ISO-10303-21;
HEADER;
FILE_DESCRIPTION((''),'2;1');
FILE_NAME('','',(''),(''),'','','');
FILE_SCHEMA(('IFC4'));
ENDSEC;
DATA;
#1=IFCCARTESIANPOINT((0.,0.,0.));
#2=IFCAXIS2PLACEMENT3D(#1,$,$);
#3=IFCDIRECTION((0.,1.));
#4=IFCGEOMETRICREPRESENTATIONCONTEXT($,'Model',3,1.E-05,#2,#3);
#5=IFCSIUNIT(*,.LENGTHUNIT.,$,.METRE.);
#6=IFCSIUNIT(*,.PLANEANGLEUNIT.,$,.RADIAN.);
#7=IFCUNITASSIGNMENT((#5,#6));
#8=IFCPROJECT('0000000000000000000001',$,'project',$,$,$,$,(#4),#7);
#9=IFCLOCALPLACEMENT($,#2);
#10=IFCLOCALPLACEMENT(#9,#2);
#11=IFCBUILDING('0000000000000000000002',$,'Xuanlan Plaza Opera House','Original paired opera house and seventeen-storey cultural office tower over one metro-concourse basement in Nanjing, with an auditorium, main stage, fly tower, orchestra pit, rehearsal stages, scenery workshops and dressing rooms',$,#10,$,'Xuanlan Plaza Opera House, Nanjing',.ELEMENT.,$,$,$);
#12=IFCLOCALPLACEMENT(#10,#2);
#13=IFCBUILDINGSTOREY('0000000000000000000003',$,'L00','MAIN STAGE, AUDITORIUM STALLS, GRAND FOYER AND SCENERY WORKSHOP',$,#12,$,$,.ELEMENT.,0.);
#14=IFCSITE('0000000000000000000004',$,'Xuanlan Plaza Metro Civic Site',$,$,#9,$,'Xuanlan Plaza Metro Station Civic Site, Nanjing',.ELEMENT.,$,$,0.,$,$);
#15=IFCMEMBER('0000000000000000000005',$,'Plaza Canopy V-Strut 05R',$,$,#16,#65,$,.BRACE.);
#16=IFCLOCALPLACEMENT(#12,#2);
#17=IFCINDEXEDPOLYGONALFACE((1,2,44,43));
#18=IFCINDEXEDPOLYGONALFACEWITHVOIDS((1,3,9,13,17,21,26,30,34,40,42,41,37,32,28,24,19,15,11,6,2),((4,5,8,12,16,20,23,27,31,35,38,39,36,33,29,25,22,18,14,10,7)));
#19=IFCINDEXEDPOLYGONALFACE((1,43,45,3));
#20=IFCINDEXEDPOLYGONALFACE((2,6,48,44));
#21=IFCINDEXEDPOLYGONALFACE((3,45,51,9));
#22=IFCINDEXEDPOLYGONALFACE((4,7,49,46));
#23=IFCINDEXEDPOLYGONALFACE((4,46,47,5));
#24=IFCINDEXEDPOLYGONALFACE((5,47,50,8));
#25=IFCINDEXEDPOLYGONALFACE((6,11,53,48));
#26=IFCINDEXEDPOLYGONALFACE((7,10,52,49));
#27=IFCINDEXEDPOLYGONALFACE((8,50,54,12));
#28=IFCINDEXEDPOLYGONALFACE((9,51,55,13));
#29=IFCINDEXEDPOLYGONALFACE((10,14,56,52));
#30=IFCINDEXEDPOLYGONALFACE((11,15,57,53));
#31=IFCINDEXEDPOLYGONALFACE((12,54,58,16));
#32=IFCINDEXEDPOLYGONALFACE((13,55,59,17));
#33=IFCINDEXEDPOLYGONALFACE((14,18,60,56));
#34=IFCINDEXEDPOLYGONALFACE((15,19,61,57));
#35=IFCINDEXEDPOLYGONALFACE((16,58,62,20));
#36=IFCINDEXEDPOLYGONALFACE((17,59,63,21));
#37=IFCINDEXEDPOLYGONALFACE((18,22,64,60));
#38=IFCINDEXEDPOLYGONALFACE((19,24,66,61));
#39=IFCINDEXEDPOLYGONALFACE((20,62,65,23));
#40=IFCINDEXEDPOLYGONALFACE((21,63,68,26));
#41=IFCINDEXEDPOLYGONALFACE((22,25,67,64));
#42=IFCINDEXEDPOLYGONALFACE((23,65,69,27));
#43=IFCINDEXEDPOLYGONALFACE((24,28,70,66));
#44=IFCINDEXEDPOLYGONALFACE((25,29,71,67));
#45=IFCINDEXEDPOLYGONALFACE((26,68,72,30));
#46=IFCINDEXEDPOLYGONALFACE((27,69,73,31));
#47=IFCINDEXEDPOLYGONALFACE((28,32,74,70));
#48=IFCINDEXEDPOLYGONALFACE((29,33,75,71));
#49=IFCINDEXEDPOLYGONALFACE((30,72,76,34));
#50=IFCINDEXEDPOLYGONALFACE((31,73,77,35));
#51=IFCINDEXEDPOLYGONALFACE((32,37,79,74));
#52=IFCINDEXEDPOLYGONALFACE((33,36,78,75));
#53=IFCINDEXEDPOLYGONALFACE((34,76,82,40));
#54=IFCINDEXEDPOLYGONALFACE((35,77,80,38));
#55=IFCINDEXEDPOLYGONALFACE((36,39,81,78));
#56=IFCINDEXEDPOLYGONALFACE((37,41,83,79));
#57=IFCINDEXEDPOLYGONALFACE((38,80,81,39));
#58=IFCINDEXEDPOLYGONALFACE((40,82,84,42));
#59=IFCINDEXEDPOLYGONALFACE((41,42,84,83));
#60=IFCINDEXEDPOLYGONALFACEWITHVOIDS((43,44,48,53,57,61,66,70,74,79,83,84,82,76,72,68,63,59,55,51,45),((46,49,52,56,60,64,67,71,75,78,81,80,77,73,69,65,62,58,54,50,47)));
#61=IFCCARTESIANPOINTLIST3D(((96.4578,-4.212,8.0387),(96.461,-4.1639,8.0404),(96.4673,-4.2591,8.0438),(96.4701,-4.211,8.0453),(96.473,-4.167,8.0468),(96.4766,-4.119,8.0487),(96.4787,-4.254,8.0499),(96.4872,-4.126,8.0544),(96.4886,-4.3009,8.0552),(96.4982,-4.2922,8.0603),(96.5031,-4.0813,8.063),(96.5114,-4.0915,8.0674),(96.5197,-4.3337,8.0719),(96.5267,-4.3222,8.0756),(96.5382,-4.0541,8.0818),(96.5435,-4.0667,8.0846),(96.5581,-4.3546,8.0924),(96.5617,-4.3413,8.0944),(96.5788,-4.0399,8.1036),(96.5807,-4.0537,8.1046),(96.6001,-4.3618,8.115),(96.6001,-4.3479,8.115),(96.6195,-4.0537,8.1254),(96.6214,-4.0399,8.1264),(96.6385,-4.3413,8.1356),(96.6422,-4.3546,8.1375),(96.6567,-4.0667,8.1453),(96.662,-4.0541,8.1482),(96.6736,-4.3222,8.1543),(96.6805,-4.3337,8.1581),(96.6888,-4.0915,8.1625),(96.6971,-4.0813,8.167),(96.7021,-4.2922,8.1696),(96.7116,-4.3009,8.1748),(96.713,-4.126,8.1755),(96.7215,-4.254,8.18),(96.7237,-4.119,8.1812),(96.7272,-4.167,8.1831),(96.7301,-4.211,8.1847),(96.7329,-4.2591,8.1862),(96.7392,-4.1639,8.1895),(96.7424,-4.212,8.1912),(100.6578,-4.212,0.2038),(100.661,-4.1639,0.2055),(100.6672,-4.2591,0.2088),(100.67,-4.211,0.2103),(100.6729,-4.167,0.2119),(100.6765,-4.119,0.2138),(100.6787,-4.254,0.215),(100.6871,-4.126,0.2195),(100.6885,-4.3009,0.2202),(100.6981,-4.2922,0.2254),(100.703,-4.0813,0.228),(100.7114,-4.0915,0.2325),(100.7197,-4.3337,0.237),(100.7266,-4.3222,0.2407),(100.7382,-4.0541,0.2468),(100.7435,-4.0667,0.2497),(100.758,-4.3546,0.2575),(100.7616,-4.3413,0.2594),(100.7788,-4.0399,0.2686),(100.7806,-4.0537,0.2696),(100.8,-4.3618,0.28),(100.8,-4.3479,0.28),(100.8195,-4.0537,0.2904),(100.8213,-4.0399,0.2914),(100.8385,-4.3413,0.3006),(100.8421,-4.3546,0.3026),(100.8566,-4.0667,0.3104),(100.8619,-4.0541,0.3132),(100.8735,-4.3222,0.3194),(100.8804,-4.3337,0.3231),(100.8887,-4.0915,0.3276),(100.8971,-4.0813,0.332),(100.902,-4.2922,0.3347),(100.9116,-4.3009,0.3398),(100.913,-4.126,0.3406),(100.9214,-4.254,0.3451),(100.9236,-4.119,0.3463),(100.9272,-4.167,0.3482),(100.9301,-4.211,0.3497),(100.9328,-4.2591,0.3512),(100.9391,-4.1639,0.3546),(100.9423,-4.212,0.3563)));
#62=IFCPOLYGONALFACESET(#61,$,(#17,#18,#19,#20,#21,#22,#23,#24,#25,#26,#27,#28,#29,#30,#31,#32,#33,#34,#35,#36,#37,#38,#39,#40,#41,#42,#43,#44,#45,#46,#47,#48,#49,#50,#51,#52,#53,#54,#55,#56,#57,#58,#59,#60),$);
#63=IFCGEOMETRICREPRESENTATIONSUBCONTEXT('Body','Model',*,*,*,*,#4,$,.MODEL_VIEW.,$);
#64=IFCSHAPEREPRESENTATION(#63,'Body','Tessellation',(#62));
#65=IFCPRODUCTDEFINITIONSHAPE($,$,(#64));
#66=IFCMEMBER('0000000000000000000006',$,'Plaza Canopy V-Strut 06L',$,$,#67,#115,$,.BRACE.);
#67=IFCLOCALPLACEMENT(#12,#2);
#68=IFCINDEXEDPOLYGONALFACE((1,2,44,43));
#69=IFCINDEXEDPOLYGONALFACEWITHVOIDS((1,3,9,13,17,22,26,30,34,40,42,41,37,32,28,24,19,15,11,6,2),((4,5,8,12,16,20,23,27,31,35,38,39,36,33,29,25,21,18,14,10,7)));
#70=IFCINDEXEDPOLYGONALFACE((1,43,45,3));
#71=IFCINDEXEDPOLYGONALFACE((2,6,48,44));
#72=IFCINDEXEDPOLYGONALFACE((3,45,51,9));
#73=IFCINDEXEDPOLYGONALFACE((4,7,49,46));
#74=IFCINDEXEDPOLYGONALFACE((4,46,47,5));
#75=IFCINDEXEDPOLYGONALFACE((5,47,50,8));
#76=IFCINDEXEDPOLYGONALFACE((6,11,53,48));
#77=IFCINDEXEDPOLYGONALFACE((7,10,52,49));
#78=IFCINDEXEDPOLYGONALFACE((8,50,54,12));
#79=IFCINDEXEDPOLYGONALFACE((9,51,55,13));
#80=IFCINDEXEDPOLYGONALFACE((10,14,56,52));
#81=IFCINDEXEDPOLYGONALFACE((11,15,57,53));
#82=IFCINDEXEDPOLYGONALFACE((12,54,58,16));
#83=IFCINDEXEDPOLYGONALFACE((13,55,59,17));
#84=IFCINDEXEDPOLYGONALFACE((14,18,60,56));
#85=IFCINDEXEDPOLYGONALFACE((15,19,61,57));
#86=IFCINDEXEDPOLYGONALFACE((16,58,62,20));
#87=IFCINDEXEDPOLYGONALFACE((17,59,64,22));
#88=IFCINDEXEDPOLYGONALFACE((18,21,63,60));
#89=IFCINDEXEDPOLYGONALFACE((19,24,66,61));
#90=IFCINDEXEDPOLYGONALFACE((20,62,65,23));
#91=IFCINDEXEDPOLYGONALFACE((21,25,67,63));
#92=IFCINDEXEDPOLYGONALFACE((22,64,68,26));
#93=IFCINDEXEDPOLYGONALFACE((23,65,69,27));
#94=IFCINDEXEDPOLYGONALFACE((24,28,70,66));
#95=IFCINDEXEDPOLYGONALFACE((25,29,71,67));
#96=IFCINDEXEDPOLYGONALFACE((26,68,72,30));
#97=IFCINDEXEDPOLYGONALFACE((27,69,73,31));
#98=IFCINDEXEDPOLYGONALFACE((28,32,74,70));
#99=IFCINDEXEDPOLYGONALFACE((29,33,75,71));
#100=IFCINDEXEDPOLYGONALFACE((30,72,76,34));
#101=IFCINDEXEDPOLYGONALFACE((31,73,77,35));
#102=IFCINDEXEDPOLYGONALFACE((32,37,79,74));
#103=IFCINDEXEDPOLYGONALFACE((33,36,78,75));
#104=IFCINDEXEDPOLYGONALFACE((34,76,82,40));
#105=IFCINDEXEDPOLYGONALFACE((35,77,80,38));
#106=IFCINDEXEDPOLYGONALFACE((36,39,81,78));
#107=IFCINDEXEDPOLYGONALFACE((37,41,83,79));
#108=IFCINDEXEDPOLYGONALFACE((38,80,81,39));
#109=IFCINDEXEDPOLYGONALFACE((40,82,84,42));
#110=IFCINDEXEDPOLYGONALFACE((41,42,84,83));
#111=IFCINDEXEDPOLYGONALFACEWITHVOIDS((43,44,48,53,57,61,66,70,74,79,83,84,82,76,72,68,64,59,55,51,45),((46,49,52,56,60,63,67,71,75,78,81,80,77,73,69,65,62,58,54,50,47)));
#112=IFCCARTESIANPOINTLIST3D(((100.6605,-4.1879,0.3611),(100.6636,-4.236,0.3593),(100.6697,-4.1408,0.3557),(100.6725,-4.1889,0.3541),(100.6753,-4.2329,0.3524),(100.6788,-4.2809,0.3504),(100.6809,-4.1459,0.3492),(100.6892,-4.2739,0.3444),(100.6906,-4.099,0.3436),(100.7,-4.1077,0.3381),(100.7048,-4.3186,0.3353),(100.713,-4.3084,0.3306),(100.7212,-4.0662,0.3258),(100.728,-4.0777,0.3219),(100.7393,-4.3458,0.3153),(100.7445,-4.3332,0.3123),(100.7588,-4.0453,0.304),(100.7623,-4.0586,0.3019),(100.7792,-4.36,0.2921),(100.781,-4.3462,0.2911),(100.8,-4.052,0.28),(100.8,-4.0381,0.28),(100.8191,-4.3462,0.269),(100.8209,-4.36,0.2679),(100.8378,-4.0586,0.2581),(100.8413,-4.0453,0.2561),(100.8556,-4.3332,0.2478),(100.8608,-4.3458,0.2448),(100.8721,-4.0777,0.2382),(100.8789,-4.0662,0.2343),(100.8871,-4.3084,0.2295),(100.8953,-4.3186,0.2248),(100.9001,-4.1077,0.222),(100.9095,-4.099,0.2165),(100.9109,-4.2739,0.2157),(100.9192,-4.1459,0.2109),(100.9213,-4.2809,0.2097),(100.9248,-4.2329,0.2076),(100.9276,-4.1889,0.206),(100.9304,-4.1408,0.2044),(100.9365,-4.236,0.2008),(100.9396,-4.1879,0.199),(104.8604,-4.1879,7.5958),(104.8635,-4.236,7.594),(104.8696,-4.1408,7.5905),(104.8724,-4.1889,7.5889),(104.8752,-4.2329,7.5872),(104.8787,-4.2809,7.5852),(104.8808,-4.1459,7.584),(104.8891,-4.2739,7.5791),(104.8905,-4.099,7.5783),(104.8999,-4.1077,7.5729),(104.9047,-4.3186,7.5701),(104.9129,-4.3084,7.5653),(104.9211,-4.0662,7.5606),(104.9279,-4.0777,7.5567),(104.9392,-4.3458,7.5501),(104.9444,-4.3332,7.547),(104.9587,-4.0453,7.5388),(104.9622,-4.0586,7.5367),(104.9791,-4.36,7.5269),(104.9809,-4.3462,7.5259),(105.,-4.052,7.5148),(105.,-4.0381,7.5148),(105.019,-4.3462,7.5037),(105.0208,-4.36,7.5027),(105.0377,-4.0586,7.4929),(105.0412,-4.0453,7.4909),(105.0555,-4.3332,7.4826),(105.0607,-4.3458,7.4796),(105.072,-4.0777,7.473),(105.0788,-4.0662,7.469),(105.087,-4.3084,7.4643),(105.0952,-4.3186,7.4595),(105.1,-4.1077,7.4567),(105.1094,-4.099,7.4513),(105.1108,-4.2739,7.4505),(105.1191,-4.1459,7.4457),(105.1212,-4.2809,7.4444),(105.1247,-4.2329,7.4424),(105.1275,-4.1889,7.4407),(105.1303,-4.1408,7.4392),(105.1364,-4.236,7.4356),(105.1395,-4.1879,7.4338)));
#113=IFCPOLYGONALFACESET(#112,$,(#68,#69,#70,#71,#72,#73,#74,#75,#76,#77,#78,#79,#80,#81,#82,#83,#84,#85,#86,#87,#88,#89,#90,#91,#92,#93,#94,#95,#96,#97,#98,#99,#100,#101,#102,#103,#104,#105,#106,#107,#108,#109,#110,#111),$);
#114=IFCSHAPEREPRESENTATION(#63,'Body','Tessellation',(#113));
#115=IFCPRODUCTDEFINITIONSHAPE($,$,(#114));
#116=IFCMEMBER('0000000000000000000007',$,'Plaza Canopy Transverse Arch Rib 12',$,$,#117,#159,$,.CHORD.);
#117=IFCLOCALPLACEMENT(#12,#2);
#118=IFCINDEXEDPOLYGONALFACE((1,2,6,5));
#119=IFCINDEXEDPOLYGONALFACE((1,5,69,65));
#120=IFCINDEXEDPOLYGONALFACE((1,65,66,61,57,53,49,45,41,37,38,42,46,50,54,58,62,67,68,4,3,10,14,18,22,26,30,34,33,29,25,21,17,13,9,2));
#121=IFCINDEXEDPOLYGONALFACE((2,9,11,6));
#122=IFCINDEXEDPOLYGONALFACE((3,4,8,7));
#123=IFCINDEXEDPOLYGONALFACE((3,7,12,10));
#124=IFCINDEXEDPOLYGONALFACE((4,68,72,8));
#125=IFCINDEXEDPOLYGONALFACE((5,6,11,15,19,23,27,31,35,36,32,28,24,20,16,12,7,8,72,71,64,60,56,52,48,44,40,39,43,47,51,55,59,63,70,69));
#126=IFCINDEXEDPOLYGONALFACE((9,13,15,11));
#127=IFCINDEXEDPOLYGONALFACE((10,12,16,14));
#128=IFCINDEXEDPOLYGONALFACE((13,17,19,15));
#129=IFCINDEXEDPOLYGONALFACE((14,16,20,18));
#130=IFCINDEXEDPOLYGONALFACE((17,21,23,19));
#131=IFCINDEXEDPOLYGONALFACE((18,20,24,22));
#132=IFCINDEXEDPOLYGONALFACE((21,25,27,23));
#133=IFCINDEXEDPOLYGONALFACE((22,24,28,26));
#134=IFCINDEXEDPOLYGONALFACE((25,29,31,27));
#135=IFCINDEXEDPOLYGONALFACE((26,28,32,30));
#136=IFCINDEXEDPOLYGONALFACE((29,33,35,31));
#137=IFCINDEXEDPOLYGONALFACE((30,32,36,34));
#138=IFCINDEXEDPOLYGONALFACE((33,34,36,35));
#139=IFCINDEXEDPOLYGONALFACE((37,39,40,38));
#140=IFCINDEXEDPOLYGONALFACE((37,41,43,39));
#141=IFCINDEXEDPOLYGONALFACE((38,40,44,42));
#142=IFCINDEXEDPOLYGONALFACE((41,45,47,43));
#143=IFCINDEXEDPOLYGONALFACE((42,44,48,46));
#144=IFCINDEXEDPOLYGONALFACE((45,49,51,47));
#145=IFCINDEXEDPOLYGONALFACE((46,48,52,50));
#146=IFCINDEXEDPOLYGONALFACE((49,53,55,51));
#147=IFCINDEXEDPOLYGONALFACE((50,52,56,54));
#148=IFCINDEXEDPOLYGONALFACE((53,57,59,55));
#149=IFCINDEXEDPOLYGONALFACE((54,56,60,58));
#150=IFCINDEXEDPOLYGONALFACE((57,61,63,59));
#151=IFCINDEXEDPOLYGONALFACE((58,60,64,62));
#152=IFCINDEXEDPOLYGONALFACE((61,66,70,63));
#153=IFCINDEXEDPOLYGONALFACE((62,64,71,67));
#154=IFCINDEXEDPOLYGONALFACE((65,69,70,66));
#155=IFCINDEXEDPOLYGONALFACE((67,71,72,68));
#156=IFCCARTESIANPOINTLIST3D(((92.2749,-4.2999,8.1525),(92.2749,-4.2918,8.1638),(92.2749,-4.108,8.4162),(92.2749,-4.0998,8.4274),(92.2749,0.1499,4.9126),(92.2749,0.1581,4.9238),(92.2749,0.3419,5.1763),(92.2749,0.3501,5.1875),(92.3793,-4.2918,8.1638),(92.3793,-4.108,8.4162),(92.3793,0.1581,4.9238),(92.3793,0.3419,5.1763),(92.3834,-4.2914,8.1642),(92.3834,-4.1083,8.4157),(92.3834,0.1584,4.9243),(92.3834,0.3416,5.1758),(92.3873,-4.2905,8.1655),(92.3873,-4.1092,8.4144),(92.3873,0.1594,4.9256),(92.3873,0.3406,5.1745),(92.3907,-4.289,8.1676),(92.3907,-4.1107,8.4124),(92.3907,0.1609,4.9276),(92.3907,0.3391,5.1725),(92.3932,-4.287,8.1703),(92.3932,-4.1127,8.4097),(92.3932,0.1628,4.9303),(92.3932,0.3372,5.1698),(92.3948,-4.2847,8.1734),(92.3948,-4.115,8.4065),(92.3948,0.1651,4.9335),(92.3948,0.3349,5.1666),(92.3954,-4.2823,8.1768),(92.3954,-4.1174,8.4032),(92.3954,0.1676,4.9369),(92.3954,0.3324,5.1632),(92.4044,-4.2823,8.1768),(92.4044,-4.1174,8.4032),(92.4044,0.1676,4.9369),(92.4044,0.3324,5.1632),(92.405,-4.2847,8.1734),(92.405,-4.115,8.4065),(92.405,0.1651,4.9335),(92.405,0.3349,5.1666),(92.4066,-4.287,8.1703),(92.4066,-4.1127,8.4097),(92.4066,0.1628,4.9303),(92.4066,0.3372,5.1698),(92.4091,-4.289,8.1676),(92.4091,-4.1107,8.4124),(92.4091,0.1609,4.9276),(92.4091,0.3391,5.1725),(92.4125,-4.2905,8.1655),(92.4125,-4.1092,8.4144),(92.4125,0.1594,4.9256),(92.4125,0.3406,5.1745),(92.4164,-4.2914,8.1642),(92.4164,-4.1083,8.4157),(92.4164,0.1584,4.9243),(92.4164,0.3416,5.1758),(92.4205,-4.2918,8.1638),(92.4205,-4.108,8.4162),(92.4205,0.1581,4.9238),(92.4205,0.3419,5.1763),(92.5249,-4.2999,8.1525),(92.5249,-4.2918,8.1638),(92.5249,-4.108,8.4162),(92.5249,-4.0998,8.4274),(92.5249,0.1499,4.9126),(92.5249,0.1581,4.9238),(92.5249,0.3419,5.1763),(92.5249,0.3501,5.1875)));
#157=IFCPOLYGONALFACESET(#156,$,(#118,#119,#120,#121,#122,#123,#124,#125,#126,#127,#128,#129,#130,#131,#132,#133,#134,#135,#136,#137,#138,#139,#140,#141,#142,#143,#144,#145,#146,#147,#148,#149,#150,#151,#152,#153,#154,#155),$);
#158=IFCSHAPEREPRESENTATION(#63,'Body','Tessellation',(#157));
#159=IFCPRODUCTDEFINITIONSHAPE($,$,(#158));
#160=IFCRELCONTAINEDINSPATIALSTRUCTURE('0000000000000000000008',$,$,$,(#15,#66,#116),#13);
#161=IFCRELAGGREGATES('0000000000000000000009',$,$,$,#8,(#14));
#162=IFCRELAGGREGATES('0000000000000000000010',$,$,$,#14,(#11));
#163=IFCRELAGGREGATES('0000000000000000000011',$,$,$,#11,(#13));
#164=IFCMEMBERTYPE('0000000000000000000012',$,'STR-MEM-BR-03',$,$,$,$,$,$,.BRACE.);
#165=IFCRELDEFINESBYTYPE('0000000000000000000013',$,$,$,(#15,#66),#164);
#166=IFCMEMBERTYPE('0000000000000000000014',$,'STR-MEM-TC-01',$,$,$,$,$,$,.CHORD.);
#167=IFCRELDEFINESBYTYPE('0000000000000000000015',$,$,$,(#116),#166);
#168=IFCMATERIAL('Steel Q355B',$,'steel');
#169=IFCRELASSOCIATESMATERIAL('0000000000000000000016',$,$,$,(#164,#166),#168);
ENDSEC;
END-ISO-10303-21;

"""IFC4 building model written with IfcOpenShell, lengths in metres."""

from ifc_helpers import new_model, si_unit, direction, frame, origin, origin_2d, place, context, subcontext, project, spatial, hollow_circle, i_section, extrude, material, material_profile, profile_set, type_object, element, save


model = new_model("IFC4")

# Units and contexts
model_context = context("Model", 3, precision=1e-05, world=origin(), true_north=direction((0.0, 1.0)))
body_context = subcontext(model_context, "Body", "Model", "MODEL_VIEW")
ifc_project = project(units=[si_unit("LENGTHUNIT", "METRE"), si_unit("PLANEANGLEUNIT", "RADIAN")], contexts=[model_context])

# Site, building, storey
site_placement = place(None, origin())
site = spatial("IfcSite", under=ifc_project, at=site_placement, Name="Xuanlan Plaza Metro Civic Site", LongName="Xuanlan Plaza Metro Station Civic Site, Nanjing", CompositionType="ELEMENT", RefElevation=0.0)
building_placement = place(site_placement, origin())
building = spatial("IfcBuilding", under=site, at=building_placement, Name="Xuanlan Plaza Opera House", Description="Original paired opera house and seventeen-storey cultural office tower over one metro-concourse basement in Nanjing, with an auditorium, main stage, fly tower, orchestra pit, rehearsal stages, scenery workshops and dressing rooms", LongName="Xuanlan Plaza Opera House, Nanjing", CompositionType="ELEMENT")
storey_placement = place(building_placement, origin())
storey = spatial("IfcBuildingStorey", under=building, at=storey_placement, Name="L00", Description="MAIN STAGE, AUDITORIUM STALLS, GRAND FOYER AND SCENERY WORKSHOP", CompositionType="ELEMENT", Elevation=0.0)

# Members
ifc_material_1 = material(Name="Steel Q355B", Category="steel")
ifc_material_profile_1 = material_profile(ifc_material_1, hollow_circle(Radius=0.1619, WallThickness=0.0139, at=origin_2d()), Name="CHS 323.9x14")
ifc_profile_set_1 = profile_set([ifc_material_profile_1], Name="Steel Q355B")
member_type_1 = type_object("IfcMemberType", Name="STR-MEM-BR-03", PredefinedType="BRACE", material=ifc_profile_set_1)
member_1_placement = place(storey_placement, frame((100.8, -4.2, 0.28), z_axis=(-0.472453, 0.0, 0.881356), x_axis=(0.0, -1.0, 0.0)))
element("IfcMember", 1, at=member_1_placement, inside=storey, type_object=member_type_1, Name="Plaza Canopy V-Strut 05R", PredefinedType="BRACE", context=body_context, shape_type="SweptSolid", body=[
    extrude(hollow_circle(Radius=0.1619, WallThickness=0.0139, at=origin_2d()), origin(), (0.0, 0.0, 1.0), 8.8896),
])
member_2_placement = place(storey_placement, frame((100.8, -4.2, 0.28), z_axis=(0.502052, 0.0, 0.864838), x_axis=(0.0, 1.0, 0.0)))
element("IfcMember", 2, at=member_2_placement, inside=storey, type_object=member_type_1, Name="Plaza Canopy V-Strut 06L", PredefinedType="BRACE", context=body_context, shape_type="SweptSolid", body=[
    extrude(hollow_circle(Radius=0.1619, WallThickness=0.0139, at=origin_2d()), origin(), (0.0, 0.0, 1.0), 8.3655),
])
ifc_material_profile_2 = material_profile(ifc_material_1, i_section(OverallWidth=0.25, OverallDepth=0.3401, WebThickness=0.009, FlangeThickness=0.0139, FilletRadius=0.0161, at=origin_2d()), Name="HM 340x250x9x14")
ifc_profile_set_2 = profile_set([ifc_material_profile_2], Name="Steel Q355B")
member_type_2 = type_object("IfcMemberType", Name="STR-MEM-TC-01", PredefinedType="CHORD", material=ifc_profile_set_2)
member_3_placement = place(storey_placement, frame((92.3999, 0.25, 5.05), z_axis=(0.0, -0.80842, 0.588607), x_axis=(1.0, 0.0, 0.0)))
element("IfcMember", 3, at=member_3_placement, inside=storey, type_object=member_type_2, Name="Plaza Canopy Transverse Arch Rib 12", PredefinedType="CHORD", context=body_context, shape_type="SweptSolid", body=[
    extrude(i_section(OverallWidth=0.25, OverallDepth=0.3401, WebThickness=0.009, FlangeThickness=0.0139, FilletRadius=0.0161, at=origin_2d()), origin(), (0.0, 0.0, 1.0), 5.5044),
])

save(model, "model.ifc")
